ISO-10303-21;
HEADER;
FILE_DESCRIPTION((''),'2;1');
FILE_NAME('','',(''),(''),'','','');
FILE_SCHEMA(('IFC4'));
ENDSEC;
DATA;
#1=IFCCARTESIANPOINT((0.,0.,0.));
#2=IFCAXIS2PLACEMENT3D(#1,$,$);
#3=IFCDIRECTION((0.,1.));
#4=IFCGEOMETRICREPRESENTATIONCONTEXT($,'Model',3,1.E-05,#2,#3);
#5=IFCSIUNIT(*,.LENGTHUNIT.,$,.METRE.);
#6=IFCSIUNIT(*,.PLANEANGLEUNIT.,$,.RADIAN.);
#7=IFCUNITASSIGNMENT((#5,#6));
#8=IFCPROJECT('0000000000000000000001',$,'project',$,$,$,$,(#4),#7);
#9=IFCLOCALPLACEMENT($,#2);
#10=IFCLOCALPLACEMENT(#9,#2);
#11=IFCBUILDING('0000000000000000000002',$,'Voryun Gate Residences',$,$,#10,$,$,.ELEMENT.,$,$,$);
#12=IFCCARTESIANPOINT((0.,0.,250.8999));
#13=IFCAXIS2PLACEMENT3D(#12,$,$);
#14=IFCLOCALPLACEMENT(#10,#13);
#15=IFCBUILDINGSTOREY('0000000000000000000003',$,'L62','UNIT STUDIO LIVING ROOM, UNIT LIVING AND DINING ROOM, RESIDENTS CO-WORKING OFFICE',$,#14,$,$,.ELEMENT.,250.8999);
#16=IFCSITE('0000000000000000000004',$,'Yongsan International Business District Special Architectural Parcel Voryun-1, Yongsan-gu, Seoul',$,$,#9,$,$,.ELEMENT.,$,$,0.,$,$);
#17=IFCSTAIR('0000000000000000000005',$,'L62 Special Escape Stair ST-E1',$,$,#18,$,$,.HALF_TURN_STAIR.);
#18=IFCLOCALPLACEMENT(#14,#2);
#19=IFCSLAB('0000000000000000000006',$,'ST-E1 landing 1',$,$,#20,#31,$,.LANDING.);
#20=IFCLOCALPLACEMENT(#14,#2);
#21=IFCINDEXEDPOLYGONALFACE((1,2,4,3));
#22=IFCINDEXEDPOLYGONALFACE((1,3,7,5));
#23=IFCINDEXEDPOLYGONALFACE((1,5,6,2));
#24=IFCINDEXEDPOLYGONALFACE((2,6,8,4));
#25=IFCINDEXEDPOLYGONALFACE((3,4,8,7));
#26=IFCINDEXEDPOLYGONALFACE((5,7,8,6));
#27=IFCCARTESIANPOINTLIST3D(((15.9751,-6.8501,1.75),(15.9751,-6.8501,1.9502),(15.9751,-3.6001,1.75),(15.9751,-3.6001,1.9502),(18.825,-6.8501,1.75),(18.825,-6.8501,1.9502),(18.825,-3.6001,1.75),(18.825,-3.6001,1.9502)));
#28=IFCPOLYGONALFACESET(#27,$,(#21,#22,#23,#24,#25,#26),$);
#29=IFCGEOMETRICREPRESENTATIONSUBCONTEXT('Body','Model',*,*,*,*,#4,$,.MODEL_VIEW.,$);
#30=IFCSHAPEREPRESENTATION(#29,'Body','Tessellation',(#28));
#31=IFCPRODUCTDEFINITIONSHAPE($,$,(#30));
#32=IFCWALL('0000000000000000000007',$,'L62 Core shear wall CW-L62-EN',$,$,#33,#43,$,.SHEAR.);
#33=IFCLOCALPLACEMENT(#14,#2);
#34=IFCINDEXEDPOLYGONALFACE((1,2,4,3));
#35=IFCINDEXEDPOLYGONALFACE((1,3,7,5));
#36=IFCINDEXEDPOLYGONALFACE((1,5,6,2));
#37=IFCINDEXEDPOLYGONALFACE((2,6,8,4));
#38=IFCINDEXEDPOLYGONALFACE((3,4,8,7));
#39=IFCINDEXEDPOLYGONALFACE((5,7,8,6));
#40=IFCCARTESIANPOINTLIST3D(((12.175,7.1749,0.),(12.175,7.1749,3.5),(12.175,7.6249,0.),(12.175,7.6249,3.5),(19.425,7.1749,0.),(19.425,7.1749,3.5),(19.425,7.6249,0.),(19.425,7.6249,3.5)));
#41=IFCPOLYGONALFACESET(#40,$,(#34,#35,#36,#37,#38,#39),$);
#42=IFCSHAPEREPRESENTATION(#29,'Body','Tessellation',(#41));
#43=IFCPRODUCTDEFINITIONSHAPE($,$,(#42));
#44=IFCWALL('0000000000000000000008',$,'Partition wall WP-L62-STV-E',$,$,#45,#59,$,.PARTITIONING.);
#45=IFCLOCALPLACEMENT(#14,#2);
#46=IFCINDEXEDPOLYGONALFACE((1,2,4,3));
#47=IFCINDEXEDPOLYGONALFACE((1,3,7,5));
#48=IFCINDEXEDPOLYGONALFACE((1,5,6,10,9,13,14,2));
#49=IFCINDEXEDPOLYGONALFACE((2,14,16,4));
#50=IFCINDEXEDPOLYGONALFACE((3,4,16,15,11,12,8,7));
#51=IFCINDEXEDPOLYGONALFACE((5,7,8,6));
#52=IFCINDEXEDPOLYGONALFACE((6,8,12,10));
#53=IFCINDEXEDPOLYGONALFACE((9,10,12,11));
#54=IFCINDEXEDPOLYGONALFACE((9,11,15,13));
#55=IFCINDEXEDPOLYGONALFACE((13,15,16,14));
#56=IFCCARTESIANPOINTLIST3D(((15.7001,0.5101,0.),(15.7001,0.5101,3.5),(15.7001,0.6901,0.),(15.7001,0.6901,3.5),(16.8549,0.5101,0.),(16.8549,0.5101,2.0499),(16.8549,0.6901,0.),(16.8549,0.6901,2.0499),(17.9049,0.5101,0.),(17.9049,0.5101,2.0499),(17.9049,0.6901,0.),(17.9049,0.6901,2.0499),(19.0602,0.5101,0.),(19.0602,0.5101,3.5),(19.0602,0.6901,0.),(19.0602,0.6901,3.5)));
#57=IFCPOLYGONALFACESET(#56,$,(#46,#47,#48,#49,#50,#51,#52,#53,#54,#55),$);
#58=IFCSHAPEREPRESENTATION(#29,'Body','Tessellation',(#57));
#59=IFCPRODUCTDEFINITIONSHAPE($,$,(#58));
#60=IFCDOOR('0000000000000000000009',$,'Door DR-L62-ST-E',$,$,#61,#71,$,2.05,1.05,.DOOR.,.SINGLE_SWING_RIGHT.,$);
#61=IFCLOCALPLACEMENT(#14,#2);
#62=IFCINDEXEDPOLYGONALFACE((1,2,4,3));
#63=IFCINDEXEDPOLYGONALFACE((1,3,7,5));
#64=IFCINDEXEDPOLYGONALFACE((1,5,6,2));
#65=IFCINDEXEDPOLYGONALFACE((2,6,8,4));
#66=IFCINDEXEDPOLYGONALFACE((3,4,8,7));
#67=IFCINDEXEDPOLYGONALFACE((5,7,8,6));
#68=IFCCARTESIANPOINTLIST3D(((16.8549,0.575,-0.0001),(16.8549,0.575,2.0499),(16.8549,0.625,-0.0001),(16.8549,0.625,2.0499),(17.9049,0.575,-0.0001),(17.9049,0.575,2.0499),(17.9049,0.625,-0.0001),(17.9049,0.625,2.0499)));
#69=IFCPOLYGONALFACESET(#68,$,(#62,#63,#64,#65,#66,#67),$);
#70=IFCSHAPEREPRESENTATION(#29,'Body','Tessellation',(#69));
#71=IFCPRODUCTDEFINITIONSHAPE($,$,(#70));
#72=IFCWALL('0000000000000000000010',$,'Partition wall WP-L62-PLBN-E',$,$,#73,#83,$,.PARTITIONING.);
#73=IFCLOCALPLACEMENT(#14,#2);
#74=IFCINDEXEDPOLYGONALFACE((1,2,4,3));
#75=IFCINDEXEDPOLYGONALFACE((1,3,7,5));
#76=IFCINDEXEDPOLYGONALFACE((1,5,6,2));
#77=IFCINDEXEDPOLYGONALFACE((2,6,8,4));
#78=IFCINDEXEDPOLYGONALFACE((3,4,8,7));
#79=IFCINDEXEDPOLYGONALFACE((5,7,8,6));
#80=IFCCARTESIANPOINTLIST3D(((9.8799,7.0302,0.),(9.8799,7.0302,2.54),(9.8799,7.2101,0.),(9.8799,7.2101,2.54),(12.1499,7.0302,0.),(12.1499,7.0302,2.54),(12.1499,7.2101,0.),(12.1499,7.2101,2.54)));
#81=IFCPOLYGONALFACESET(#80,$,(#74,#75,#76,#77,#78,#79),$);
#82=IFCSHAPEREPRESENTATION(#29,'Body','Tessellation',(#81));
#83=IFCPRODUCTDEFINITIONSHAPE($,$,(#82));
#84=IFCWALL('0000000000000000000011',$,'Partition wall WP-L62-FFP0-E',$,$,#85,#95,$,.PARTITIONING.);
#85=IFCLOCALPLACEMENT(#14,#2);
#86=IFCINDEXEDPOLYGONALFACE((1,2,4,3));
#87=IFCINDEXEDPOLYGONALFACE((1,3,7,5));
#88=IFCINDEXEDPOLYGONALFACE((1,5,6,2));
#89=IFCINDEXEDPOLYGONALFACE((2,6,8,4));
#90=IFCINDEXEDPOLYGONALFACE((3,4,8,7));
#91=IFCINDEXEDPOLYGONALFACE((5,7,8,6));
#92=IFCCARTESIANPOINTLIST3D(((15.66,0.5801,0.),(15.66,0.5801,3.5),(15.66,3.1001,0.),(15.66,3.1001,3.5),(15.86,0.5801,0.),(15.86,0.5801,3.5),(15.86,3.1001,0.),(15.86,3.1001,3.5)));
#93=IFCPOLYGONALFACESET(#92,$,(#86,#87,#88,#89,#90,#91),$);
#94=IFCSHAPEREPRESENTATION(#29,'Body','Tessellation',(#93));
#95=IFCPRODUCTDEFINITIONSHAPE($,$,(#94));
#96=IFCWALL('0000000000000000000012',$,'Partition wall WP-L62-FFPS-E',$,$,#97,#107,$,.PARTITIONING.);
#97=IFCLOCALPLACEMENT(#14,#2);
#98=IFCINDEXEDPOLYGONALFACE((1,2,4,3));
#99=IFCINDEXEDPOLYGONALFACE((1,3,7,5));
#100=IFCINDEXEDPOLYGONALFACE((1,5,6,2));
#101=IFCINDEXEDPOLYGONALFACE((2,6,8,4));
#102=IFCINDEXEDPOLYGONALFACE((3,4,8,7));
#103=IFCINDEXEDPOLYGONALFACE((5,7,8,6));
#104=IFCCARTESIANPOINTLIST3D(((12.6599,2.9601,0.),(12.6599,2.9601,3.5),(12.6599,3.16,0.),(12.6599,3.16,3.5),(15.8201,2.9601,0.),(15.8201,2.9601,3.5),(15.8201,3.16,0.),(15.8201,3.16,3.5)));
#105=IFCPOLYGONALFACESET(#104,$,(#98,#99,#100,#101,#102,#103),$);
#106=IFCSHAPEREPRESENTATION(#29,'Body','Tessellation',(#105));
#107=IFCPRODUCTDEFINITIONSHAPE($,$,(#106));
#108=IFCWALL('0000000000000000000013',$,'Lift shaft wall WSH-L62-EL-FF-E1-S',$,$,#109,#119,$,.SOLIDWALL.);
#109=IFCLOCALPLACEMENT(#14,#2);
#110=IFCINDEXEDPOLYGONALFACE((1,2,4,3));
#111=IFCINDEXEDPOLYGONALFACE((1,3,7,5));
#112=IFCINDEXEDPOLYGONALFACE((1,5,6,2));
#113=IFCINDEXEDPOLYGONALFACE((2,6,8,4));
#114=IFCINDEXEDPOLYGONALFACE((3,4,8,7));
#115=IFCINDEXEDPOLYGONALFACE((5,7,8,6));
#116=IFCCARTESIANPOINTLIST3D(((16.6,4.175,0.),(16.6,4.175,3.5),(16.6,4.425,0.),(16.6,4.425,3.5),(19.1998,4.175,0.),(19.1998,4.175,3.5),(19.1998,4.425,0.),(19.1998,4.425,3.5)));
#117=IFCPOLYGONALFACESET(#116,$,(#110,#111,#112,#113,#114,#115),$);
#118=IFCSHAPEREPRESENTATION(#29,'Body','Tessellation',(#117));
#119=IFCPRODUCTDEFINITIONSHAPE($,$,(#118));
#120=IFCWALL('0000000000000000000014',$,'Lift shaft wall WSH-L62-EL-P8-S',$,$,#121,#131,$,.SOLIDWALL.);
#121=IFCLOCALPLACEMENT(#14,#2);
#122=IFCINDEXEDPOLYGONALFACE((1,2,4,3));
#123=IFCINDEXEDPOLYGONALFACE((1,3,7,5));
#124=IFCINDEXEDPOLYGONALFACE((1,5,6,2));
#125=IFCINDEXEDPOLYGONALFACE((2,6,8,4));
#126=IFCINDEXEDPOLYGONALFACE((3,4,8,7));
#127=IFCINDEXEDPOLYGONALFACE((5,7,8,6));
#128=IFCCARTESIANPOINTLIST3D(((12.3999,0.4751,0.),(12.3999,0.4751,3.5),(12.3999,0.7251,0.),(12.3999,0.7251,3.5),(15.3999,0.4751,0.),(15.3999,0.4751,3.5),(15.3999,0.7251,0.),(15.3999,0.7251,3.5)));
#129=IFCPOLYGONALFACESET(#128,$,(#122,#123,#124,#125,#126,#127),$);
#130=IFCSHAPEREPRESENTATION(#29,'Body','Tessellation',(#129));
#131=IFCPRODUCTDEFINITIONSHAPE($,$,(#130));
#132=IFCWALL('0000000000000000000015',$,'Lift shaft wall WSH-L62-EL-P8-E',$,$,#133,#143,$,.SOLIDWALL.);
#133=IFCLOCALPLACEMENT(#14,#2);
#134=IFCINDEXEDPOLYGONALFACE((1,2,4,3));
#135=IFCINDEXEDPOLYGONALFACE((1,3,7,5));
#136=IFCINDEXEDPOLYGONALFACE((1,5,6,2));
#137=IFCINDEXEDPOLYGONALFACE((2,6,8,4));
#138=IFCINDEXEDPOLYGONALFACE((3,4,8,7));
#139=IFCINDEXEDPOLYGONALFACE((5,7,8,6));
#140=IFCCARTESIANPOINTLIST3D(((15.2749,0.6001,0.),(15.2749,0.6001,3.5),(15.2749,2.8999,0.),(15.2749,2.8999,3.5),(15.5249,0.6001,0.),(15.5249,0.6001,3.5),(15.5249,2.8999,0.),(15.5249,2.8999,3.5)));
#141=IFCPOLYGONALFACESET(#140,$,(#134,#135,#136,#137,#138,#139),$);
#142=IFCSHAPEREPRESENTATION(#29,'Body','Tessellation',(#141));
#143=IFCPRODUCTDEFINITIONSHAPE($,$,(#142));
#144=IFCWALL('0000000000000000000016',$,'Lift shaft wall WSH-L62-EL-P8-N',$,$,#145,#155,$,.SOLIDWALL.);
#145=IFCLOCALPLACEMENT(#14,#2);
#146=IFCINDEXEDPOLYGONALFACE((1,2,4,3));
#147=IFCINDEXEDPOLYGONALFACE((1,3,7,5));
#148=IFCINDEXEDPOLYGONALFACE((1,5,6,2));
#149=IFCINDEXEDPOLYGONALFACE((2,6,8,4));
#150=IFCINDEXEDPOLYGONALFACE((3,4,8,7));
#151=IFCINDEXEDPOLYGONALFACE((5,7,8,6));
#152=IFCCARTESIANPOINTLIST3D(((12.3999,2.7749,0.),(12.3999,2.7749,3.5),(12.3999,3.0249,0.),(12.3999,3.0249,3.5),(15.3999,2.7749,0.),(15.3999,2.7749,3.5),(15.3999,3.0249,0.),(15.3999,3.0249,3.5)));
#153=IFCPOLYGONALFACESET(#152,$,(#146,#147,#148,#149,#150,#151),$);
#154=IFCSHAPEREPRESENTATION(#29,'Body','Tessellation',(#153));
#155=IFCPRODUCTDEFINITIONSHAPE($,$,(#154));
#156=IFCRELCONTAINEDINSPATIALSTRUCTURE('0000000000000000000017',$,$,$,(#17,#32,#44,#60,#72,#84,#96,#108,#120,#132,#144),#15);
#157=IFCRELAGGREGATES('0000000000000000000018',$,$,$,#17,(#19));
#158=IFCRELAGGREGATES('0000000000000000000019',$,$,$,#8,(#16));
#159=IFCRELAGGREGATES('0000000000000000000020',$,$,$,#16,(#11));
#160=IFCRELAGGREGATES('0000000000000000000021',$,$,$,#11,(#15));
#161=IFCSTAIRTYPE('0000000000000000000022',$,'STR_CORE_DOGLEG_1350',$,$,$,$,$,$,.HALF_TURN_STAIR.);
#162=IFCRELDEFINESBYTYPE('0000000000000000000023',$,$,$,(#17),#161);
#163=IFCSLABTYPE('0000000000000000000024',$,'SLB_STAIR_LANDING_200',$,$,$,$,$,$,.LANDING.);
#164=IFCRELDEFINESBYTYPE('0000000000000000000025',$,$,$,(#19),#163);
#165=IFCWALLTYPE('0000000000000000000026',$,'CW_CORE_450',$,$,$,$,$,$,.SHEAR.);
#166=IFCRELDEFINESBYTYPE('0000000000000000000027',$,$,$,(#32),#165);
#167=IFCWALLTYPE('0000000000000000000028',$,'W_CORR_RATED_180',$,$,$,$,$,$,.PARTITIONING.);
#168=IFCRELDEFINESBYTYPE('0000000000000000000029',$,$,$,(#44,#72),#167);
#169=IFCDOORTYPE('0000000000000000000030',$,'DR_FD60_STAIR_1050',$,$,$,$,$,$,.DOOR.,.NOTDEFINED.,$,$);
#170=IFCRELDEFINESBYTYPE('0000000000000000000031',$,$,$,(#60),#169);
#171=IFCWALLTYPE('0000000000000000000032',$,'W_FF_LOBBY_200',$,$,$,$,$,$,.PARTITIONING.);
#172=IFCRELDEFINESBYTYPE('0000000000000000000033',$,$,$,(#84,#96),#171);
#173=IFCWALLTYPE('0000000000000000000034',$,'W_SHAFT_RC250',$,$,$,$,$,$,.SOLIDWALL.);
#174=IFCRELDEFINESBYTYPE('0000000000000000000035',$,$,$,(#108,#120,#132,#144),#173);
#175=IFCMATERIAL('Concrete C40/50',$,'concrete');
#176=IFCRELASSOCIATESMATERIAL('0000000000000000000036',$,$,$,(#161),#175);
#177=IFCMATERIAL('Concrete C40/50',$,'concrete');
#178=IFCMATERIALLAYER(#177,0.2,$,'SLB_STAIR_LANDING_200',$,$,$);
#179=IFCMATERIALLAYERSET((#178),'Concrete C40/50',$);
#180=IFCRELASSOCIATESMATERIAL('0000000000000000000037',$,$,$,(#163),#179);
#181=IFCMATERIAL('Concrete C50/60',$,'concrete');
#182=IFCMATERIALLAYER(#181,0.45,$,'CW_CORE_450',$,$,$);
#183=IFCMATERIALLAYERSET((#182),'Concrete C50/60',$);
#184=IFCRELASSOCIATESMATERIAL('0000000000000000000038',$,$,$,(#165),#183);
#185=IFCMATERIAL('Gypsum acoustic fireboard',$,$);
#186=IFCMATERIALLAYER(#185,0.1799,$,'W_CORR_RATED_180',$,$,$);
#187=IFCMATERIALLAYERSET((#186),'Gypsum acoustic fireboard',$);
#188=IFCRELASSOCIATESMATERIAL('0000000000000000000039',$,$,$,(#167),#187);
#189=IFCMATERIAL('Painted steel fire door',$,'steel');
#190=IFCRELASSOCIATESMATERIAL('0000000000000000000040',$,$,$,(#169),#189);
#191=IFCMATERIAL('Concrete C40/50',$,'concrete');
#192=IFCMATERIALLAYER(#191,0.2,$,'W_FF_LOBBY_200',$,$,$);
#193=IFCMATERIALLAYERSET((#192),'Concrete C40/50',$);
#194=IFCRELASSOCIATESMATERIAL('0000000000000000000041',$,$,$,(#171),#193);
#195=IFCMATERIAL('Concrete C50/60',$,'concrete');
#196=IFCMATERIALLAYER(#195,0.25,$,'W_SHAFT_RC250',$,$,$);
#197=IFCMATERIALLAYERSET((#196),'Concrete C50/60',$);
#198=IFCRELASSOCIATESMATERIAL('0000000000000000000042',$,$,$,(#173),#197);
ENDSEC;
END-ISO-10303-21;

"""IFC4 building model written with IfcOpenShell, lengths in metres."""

from ifc_helpers import new_model, si_unit, direction, frame, frame_2d, origin, place, context, subcontext, project, spatial, polyline, rectangle, outline, extrude, material, layer, layer_set, type_object, element, fill, aggregate, save


model = new_model("IFC4")

# Units and contexts
model_context = context("Model", 3, precision=1e-05, world=origin(), true_north=direction((0.0, 1.0)))
body_context = subcontext(model_context, "Body", "Model", "MODEL_VIEW")
ifc_project = project(units=[si_unit("LENGTHUNIT", "METRE"), si_unit("PLANEANGLEUNIT", "RADIAN")], contexts=[model_context])

# Site, building, storey
site_placement = place(None, origin())
site = spatial("IfcSite", under=ifc_project, at=site_placement, Name="Yongsan International Business District Special Architectural Parcel Voryun-1, Yongsan-gu, Seoul", CompositionType="ELEMENT", RefElevation=0.0)
building_placement = place(site_placement, origin())
building = spatial("IfcBuilding", under=site, at=building_placement, Name="Voryun Gate Residences", CompositionType="ELEMENT")
storey_placement = place(building_placement, frame((0.0, 0.0, 250.8999)))
storey = spatial("IfcBuildingStorey", under=building, at=storey_placement, Name="L62", Description="UNIT STUDIO LIVING ROOM, UNIT LIVING AND DINING ROOM, RESIDENTS CO-WORKING OFFICE", CompositionType="ELEMENT", Elevation=250.8999)

# Stair, slab
ifc_material_1 = material(Name="Concrete C40/50", Category="concrete")
stair_type = type_object("IfcStairType", Name="STR_CORE_DOGLEG_1350", PredefinedType="HALF_TURN_STAIR", material=ifc_material_1)
stair_placement = place(storey_placement, origin())
stair = element("IfcStair", 1, at=stair_placement, inside=storey, type_object=stair_type, Name="L62 Special Escape Stair ST-E1", PredefinedType="HALF_TURN_STAIR")
ifc_material_2 = material(Name="Concrete C40/50", Category="concrete")
ifc_layer_1 = layer(ifc_material_2, 0.2, Name="SLB_STAIR_LANDING_200")
ifc_layer_set_1 = layer_set([ifc_layer_1], Name="Concrete C40/50")
slab_type_1 = type_object("IfcSlabType", Name="SLB_STAIR_LANDING_200", PredefinedType="LANDING", material=ifc_layer_set_1)
slab_1_placement = place(storey_placement, frame((0.0, 0.0, 1.75)))
slab_1 = element("IfcSlab", 2, at=slab_1_placement, type_object=slab_type_1, Name="ST-E1 landing 1", PredefinedType="LANDING", context=body_context, shape_type="SweptSolid", body=[
    extrude(outline(polyline([(15.9751, -3.6001), (15.9751, -6.8501), (18.825, -6.8501), (18.825, -3.6001), (15.9751, -3.6001)])), origin(), (0.0, 0.0, 1.0), 0.2002),
])
aggregate(stair, [slab_1])

# Wall
ifc_material_3 = material(Name="Concrete C50/60", Category="concrete")
ifc_layer_2 = layer(ifc_material_3, 0.45, Name="CW_CORE_450")
ifc_layer_set_2 = layer_set([ifc_layer_2], Name="Concrete C50/60")
wall_type_1 = type_object("IfcWallType", Name="CW_CORE_450", PredefinedType="SHEAR", material=ifc_layer_set_2)
wall_1_placement = place(storey_placement, frame((12.175, 7.3999, 0.0), z_axis=(0.0, 0.0, 1.0), x_axis=(1.0, 0.0, 0.0)))
element("IfcWall", 3, at=wall_1_placement, inside=storey, type_object=wall_type_1, Name="L62 Core shear wall CW-L62-EN", PredefinedType="SHEAR", context=body_context, shape_type="SweptSolid", body=[
    extrude(rectangle(XDim=7.25, YDim=0.45, at=frame_2d((3.625, 0.0))), origin(), (0.0, 0.0, 1.0), 3.5),
])

# Wall, opening, door
ifc_material_4 = material(Name="Gypsum acoustic fireboard")
ifc_layer_3 = layer(ifc_material_4, 0.1799, Name="W_CORR_RATED_180")
ifc_layer_set_3 = layer_set([ifc_layer_3], Name="Gypsum acoustic fireboard")
wall_type_2 = type_object("IfcWallType", Name="W_CORR_RATED_180", PredefinedType="PARTITIONING", material=ifc_layer_set_3)
wall_2_placement = place(storey_placement, frame((15.7, 0.6001, 0.0), z_axis=(0.0, 0.0, 1.0), x_axis=(1.0, 0.0, 0.0)))
wall_2 = element("IfcWall", 4, at=wall_2_placement, inside=storey, type_object=wall_type_2, Name="Partition wall WP-L62-STV-E", PredefinedType="PARTITIONING", context=body_context, shape_type="SweptSolid", body=[
    extrude(rectangle(XDim=3.3601, YDim=0.1799, at=frame_2d((1.6802, 0.0))), origin(), (0.0, 0.0, 1.0), 3.5),
])
opening_placement = place(wall_2_placement, frame((1.155, 0.0, 0.0)))
opening = element("IfcOpeningElement", 5, at=opening_placement, cuts=wall_2, PredefinedType="OPENING", context=body_context, shape_type="SweptSolid", body=[
    extrude(rectangle(XDim=1.05, YDim=2.05, at=frame_2d((0.5249, 1.0249))), frame((0.0, 0.0999, 0.0), z_axis=(0.0, -1.0, 0.0), x_axis=(1.0, 0.0, 0.0)), (0.0, 0.0, 1.0), 0.2),
])
ifc_material_5 = material(Name="Painted steel fire door", Category="steel")
door_type = type_object("IfcDoorType", Name="DR_FD60_STAIR_1050", OperationType="NOTDEFINED", PredefinedType="DOOR", material=ifc_material_5)
door_placement = place(opening_placement, origin())
door = element("IfcDoor", 6, at=door_placement, inside=storey, type_object=door_type, Name="Door DR-L62-ST-E", OperationType="SINGLE_SWING_RIGHT", OverallHeight=2.05, OverallWidth=1.05, PredefinedType="DOOR", context=body_context, shape_type="SweptSolid", body=[
    extrude(rectangle(XDim=1.05, YDim=2.05, at=frame_2d((0.5249, 1.0249))), frame((0.0, 0.0249, 0.0), z_axis=(0.0, -1.0, 0.0), x_axis=(1.0, 0.0, 0.0)), (0.0, 0.0, 1.0), 0.05),
])
fill(opening, door)

# Walls
wall_3_placement = place(storey_placement, frame((9.8799, 7.1201, 0.0), z_axis=(0.0, 0.0, 1.0), x_axis=(1.0, 0.0, 0.0)))
element("IfcWall", 7, at=wall_3_placement, inside=storey, type_object=wall_type_2, Name="Partition wall WP-L62-PLBN-E", PredefinedType="PARTITIONING", context=body_context, shape_type="SweptSolid", body=[
    extrude(rectangle(XDim=2.27, YDim=0.1799, at=frame_2d((1.135, 0.0))), origin(), (0.0, 0.0, 1.0), 2.54),
])
ifc_material_6 = material(Name="Concrete C40/50", Category="concrete")
ifc_layer_4 = layer(ifc_material_6, 0.2, Name="W_FF_LOBBY_200")
ifc_layer_set_4 = layer_set([ifc_layer_4], Name="Concrete C40/50")
wall_type_3 = type_object("IfcWallType", Name="W_FF_LOBBY_200", PredefinedType="PARTITIONING", material=ifc_layer_set_4)
wall_4_placement = place(storey_placement, frame((15.76, 0.5801, 0.0), z_axis=(0.0, 0.0, 1.0), x_axis=(0.0, 1.0, 0.0)))
element("IfcWall", 8, at=wall_4_placement, inside=storey, type_object=wall_type_3, Name="Partition wall WP-L62-FFP0-E", PredefinedType="PARTITIONING", context=body_context, shape_type="SweptSolid", body=[
    extrude(rectangle(XDim=2.52, YDim=0.2, at=frame_2d((1.26, 0.0))), origin(), (0.0, 0.0, 1.0), 3.5),
])
wall_5_placement = place(storey_placement, frame((12.6599, 3.0601, 0.0), z_axis=(0.0, 0.0, 1.0), x_axis=(1.0, 0.0, 0.0)))
element("IfcWall", 9, at=wall_5_placement, inside=storey, type_object=wall_type_3, Name="Partition wall WP-L62-FFPS-E", PredefinedType="PARTITIONING", context=body_context, shape_type="SweptSolid", body=[
    extrude(rectangle(XDim=3.1602, YDim=0.2, at=frame_2d((1.5801, 0.0))), origin(), (0.0, 0.0, 1.0), 3.5),
])
ifc_material_7 = material(Name="Concrete C50/60", Category="concrete")
ifc_layer_5 = layer(ifc_material_7, 0.25, Name="W_SHAFT_RC250")
ifc_layer_set_5 = layer_set([ifc_layer_5], Name="Concrete C50/60")
wall_type_4 = type_object("IfcWallType", Name="W_SHAFT_RC250", PredefinedType="SOLIDWALL", material=ifc_layer_set_5)
wall_6_placement = place(storey_placement, frame((16.6001, 4.3, 0.0), z_axis=(0.0, 0.0, 1.0), x_axis=(1.0, 0.0, 0.0)))
element("IfcWall", 10, at=wall_6_placement, inside=storey, type_object=wall_type_4, Name="Lift shaft wall WSH-L62-EL-FF-E1-S", PredefinedType="SOLIDWALL", context=body_context, shape_type="SweptSolid", body=[
    extrude(rectangle(XDim=2.5999, YDim=0.25, at=frame_2d((1.2998, 0.0))), origin(), (0.0, 0.0, 1.0), 3.5),
])
wall_7_placement = place(storey_placement, frame((12.3999, 0.6001, 0.0), z_axis=(0.0, 0.0, 1.0), x_axis=(1.0, 0.0, 0.0)))
element("IfcWall", 11, at=wall_7_placement, inside=storey, type_object=wall_type_4, Name="Lift shaft wall WSH-L62-EL-P8-S", PredefinedType="SOLIDWALL", context=body_context, shape_type="SweptSolid", body=[
    extrude(rectangle(XDim=3.0, YDim=0.25, at=frame_2d((1.5, 0.0))), origin(), (0.0, 0.0, 1.0), 3.5),
])
wall_8_placement = place(storey_placement, frame((15.3999, 0.6001, 0.0), z_axis=(0.0, 0.0, 1.0), x_axis=(0.0, 1.0, 0.0)))
element("IfcWall", 12, at=wall_8_placement, inside=storey, type_object=wall_type_4, Name="Lift shaft wall WSH-L62-EL-P8-E", PredefinedType="SOLIDWALL", context=body_context, shape_type="SweptSolid", body=[
    extrude(rectangle(XDim=2.2998, YDim=0.25, at=frame_2d((1.1499, 0.0))), origin(), (0.0, 0.0, 1.0), 3.5),
])
wall_9_placement = place(storey_placement, frame((15.3999, 2.8999, 0.0), z_axis=(0.0, 0.0, 1.0), x_axis=(-1.0, 0.0, 0.0)))
element("IfcWall", 13, at=wall_9_placement, inside=storey, type_object=wall_type_4, Name="Lift shaft wall WSH-L62-EL-P8-N", PredefinedType="SOLIDWALL", context=body_context, shape_type="SweptSolid", body=[
    extrude(rectangle(XDim=3.0, YDim=0.25, at=frame_2d((1.5, 0.0))), origin(), (0.0, 0.0, 1.0), 3.5),
])

save(model, "model.ifc")
